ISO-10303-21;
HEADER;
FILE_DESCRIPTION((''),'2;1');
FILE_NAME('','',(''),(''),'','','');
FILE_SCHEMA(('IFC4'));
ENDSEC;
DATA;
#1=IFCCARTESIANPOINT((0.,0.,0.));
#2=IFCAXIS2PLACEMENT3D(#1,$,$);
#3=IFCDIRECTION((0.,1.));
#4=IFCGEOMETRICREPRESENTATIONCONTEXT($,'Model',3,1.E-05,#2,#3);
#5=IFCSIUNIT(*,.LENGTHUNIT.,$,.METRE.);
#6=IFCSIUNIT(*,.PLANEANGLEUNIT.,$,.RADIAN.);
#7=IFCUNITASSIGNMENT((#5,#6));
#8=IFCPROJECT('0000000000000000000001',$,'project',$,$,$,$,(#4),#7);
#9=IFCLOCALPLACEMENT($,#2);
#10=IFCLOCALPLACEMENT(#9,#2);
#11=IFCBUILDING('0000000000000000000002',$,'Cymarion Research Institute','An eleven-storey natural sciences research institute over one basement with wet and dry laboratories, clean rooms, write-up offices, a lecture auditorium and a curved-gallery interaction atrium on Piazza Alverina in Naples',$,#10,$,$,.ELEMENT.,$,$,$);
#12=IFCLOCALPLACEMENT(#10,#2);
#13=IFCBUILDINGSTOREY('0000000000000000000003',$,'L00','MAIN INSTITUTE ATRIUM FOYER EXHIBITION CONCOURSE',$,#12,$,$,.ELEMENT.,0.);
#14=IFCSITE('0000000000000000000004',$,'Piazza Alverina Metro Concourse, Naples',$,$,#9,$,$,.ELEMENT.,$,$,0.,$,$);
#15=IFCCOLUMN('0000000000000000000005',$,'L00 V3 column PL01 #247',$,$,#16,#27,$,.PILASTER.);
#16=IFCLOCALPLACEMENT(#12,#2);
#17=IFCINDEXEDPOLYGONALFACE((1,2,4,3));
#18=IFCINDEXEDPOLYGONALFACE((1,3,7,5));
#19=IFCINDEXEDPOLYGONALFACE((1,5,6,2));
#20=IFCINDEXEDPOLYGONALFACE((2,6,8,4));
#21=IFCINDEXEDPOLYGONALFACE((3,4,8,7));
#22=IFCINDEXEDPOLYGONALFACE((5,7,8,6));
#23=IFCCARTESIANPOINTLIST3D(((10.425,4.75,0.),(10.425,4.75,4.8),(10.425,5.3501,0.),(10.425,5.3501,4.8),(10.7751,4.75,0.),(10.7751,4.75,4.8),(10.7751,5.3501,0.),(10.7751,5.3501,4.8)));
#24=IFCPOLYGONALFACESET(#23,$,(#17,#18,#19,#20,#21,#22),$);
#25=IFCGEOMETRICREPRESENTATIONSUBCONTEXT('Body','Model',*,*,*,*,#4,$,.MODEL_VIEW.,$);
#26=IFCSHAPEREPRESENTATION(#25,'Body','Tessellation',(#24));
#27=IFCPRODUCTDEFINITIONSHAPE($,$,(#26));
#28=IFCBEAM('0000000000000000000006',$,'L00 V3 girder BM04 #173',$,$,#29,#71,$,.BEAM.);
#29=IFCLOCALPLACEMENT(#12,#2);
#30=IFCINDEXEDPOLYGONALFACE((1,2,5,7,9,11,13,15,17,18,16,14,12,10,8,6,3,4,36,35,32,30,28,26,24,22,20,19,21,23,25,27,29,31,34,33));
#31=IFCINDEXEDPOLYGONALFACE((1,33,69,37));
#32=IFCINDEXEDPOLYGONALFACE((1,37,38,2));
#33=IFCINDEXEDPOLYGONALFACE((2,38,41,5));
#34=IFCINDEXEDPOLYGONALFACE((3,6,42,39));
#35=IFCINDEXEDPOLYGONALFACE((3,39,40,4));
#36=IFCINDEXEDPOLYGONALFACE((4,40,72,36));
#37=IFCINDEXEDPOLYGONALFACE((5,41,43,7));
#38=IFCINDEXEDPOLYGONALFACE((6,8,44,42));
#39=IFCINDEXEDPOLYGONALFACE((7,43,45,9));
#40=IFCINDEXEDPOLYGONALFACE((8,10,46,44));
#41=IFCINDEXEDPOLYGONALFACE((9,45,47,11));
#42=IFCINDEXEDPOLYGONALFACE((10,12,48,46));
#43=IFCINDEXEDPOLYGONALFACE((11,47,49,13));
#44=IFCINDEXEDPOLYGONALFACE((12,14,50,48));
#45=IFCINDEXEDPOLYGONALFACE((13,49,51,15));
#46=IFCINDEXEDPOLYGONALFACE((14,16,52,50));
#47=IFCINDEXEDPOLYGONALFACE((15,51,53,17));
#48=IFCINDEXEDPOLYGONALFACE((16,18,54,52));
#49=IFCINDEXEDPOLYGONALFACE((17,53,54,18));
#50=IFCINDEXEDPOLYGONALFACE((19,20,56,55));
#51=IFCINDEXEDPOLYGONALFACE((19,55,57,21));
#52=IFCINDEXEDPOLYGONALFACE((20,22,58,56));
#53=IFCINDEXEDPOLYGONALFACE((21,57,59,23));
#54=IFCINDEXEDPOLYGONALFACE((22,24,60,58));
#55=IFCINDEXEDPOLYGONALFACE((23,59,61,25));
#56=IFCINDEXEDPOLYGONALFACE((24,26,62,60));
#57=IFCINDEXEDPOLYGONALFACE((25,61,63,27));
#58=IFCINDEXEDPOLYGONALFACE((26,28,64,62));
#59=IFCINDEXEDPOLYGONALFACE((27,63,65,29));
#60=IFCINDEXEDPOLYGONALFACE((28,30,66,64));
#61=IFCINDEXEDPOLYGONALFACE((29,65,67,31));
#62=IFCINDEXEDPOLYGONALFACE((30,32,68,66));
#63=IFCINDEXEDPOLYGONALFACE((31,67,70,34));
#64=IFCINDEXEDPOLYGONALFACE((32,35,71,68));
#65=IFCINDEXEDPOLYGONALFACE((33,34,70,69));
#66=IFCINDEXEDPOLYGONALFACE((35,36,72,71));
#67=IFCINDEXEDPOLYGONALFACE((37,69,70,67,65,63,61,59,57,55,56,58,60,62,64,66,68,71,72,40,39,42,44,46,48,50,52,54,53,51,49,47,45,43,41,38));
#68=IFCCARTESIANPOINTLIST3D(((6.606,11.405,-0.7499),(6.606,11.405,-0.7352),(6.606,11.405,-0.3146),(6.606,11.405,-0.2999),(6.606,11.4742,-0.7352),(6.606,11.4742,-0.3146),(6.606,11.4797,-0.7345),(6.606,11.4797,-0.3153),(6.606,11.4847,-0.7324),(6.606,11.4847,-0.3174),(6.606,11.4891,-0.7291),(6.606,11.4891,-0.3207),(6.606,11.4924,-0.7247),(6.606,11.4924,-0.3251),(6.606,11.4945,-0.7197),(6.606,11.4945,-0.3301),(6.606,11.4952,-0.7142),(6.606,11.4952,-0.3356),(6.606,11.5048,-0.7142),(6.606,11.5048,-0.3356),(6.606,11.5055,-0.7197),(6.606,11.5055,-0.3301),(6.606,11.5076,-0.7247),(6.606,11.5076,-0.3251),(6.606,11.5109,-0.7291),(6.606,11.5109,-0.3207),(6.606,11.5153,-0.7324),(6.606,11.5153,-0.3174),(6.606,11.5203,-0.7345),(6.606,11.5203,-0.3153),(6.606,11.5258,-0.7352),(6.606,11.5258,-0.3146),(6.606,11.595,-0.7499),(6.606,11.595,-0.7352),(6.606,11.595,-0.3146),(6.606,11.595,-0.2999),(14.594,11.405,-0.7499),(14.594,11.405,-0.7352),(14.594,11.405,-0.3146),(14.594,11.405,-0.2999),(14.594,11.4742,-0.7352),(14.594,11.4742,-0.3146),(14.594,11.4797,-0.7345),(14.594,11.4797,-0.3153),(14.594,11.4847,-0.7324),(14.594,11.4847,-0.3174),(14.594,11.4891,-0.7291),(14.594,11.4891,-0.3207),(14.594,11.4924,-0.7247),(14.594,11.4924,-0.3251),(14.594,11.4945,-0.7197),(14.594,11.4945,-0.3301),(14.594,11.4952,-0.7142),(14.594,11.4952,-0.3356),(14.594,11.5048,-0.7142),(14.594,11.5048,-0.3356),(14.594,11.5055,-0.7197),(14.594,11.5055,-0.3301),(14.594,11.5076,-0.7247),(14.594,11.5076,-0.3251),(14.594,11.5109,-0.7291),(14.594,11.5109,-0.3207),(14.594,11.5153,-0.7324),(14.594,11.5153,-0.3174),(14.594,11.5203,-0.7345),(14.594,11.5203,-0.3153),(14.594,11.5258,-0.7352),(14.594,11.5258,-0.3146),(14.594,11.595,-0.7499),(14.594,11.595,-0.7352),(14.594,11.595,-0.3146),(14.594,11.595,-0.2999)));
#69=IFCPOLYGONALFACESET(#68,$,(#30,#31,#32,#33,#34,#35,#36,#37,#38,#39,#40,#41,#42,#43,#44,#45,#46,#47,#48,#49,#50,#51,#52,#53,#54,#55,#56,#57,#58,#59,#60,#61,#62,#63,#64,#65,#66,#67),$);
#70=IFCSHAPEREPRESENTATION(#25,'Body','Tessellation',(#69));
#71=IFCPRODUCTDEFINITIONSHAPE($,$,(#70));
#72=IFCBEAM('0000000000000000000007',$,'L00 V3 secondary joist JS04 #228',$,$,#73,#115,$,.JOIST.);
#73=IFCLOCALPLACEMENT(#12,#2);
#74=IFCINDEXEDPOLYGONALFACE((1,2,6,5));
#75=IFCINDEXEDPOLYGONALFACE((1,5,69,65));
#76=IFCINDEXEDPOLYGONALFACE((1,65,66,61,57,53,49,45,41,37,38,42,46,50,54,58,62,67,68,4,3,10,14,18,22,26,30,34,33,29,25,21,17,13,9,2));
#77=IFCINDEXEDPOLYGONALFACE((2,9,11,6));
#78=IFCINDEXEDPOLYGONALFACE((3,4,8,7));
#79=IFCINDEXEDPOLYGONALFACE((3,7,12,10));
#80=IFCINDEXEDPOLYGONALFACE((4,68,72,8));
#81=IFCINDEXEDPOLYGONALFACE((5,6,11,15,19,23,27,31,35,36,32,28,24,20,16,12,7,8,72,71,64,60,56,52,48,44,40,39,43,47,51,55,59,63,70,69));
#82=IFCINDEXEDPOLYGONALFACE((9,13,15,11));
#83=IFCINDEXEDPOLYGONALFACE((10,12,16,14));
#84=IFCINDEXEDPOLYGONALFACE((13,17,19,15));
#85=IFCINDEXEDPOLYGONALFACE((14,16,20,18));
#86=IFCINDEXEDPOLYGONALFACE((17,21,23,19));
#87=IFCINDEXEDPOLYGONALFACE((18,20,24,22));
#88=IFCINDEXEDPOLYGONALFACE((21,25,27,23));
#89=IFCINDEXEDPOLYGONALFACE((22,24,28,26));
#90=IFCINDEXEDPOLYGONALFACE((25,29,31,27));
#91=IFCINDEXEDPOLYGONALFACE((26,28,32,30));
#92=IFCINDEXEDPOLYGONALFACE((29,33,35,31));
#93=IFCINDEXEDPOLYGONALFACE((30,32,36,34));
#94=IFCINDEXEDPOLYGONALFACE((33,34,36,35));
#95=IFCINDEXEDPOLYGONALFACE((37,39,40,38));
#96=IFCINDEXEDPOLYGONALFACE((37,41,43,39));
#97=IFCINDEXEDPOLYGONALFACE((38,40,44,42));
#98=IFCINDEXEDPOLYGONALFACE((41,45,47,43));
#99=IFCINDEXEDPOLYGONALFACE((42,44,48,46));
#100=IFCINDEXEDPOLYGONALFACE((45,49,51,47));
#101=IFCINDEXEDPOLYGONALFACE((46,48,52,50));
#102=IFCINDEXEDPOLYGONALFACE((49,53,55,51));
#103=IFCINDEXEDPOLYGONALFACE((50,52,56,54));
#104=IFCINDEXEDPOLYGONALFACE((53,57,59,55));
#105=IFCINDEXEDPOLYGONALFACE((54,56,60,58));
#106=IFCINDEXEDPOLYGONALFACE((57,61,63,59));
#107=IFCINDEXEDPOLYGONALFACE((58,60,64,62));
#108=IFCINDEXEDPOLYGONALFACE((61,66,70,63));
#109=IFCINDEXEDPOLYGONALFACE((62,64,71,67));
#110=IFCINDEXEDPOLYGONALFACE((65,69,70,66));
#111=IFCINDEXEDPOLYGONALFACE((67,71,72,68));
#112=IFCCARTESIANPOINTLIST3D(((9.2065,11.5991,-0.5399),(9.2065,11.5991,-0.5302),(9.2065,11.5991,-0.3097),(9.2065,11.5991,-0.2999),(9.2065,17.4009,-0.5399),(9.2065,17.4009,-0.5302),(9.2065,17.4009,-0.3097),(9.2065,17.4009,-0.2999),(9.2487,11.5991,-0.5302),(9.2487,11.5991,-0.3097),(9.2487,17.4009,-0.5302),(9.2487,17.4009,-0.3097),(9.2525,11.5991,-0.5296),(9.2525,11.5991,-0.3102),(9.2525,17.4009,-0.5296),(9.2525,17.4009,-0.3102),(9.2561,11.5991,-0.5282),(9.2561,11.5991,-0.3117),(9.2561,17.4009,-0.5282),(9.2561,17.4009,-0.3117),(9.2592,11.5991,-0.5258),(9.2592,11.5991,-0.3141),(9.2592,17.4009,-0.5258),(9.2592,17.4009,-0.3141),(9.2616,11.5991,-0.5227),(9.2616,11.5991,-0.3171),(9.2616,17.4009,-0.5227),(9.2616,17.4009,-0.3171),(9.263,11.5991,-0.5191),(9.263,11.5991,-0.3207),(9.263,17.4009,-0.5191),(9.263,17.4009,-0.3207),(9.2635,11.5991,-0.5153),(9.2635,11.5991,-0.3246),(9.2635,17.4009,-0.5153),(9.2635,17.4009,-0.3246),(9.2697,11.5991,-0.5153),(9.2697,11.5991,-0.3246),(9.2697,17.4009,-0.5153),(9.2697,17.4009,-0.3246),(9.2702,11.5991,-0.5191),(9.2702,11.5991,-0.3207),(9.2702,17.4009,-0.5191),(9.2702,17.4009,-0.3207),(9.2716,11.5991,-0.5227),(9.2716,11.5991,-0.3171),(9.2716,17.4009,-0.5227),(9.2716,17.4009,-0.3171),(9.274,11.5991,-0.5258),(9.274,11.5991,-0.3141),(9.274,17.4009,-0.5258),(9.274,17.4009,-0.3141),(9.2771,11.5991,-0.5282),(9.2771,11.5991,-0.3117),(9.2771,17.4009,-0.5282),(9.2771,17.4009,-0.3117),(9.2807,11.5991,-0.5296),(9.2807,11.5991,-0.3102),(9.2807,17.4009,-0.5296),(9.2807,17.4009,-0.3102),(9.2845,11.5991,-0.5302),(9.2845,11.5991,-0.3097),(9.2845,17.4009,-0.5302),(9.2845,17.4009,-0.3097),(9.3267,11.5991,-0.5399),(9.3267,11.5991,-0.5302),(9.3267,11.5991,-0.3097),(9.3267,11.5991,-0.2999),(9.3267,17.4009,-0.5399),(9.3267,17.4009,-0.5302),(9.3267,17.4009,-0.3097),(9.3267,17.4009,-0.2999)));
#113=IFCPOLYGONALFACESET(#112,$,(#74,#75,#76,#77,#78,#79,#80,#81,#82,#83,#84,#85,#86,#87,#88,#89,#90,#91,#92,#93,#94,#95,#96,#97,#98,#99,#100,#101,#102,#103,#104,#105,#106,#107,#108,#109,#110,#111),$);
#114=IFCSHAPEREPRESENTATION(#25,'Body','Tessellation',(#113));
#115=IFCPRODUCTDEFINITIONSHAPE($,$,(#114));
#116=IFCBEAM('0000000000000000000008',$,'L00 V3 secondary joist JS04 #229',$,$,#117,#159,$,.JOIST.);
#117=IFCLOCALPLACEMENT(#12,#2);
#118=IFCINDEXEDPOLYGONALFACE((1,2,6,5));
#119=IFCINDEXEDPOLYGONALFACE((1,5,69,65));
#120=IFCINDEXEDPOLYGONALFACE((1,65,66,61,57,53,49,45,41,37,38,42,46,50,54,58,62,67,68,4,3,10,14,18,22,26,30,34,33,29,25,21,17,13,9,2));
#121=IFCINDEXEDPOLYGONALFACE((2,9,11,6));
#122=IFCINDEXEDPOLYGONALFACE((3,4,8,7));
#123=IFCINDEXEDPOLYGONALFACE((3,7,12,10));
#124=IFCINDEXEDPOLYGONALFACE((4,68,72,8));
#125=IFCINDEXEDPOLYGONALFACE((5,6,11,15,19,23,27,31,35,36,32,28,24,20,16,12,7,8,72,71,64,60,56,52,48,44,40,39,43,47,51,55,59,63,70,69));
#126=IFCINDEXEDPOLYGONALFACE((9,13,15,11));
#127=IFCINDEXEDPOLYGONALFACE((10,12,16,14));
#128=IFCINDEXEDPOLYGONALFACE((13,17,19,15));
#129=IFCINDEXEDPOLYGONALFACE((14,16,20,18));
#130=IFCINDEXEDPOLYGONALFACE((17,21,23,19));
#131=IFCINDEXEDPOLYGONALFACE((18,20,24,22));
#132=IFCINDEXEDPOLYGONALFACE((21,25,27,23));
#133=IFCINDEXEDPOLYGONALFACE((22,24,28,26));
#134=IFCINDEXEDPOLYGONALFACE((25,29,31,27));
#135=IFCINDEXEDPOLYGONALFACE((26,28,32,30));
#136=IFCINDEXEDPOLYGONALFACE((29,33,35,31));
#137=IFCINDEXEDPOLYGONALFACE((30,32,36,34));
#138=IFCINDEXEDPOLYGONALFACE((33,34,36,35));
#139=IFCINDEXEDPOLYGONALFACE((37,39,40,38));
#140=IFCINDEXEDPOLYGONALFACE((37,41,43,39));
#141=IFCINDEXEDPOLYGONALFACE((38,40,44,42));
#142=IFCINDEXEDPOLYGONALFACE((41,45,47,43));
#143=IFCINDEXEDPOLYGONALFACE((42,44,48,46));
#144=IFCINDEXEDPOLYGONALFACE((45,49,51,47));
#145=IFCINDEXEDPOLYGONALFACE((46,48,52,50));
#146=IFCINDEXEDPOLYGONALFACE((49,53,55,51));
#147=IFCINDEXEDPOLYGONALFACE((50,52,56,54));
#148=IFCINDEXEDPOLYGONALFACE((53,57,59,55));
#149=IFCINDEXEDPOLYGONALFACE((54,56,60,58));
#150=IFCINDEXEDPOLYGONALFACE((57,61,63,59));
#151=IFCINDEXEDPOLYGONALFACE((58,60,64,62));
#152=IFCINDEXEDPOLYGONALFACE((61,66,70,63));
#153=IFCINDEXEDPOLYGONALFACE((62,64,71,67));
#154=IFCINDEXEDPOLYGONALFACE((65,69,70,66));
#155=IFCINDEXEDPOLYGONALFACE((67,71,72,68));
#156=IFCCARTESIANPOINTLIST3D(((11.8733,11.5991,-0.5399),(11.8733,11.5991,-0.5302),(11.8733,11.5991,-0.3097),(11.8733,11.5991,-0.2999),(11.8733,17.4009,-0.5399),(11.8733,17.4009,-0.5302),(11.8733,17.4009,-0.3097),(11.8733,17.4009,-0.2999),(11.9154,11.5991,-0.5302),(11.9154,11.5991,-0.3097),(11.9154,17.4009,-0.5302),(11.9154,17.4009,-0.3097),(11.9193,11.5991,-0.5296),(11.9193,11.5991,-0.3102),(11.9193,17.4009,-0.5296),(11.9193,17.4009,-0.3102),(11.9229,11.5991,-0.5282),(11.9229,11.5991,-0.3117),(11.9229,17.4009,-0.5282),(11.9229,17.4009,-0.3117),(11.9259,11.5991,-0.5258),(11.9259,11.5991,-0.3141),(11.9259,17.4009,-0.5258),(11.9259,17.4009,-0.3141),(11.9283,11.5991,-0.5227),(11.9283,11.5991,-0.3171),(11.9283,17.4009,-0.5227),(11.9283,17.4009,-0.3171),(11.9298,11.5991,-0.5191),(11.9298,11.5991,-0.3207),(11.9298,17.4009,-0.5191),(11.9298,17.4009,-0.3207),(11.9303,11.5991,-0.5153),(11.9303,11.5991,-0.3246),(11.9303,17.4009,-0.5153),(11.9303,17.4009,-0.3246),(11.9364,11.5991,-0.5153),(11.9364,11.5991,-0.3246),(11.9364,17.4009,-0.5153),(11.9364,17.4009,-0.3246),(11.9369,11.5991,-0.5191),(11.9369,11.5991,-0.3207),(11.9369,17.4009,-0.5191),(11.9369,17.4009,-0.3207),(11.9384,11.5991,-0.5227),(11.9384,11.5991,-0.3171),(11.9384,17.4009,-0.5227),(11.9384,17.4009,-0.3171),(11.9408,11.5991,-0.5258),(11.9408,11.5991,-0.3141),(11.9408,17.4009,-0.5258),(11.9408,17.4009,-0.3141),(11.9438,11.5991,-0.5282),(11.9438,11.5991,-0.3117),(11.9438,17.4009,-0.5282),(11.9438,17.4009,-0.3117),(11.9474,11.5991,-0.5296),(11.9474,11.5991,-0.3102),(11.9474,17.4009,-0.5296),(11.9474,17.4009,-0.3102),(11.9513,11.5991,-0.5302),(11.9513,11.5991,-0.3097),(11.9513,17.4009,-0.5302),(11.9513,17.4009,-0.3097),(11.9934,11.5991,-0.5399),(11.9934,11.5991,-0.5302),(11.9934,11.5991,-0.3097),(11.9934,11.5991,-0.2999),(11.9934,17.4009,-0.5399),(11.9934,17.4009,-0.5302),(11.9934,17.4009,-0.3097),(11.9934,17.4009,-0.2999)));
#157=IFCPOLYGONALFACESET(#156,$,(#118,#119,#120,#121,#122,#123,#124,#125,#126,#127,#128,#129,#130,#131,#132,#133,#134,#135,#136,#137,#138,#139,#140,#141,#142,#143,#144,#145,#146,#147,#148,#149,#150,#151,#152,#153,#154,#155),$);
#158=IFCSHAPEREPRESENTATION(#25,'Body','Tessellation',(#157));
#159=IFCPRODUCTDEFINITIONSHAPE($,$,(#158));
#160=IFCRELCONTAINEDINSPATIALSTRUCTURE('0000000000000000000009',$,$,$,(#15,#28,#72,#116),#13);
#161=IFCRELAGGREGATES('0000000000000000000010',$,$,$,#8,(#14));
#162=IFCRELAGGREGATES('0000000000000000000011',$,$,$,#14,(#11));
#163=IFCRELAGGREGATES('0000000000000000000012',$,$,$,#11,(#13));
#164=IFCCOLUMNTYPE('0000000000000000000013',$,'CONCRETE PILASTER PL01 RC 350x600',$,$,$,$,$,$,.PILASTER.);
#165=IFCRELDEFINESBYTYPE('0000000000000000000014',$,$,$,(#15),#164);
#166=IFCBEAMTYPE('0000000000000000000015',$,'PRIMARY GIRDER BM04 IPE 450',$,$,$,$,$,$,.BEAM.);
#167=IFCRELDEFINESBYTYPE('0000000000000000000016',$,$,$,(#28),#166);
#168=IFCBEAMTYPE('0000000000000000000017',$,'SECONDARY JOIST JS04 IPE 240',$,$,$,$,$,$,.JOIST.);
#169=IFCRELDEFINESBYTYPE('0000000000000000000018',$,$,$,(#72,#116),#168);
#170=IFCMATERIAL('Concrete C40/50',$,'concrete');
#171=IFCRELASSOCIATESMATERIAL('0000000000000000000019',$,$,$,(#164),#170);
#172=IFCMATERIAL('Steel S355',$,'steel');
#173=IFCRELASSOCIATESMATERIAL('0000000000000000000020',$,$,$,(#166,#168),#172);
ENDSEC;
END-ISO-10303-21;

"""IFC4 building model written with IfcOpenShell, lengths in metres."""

from ifc_helpers import new_model, si_unit, direction, frame, origin, origin_2d, place, context, subcontext, project, spatial, rectangle, i_section, extrude, material, material_profile, profile_set, type_object, element, save


model = new_model("IFC4")

# Units and contexts
model_context = context("Model", 3, precision=1e-05, world=origin(), true_north=direction((0.0, 1.0)))
body_context = subcontext(model_context, "Body", "Model", "MODEL_VIEW")
ifc_project = project(units=[si_unit("LENGTHUNIT", "METRE"), si_unit("PLANEANGLEUNIT", "RADIAN")], contexts=[model_context])

# Site, building, storey
site_placement = place(None, origin())
site = spatial("IfcSite", under=ifc_project, at=site_placement, Name="Piazza Alverina Metro Concourse, Naples", CompositionType="ELEMENT", RefElevation=0.0)
building_placement = place(site_placement, origin())
building = spatial("IfcBuilding", under=site, at=building_placement, Name="Cymarion Research Institute", Description="An eleven-storey natural sciences research institute over one basement with wet and dry laboratories, clean rooms, write-up offices, a lecture auditorium and a curved-gallery interaction atrium on Piazza Alverina in Naples", CompositionType="ELEMENT")
storey_placement = place(building_placement, origin())
storey = spatial("IfcBuildingStorey", under=building, at=storey_placement, Name="L00", Description="MAIN INSTITUTE ATRIUM FOYER EXHIBITION CONCOURSE", CompositionType="ELEMENT", Elevation=0.0)

# Column
ifc_material_1 = material(Name="Concrete C40/50", Category="concrete")
ifc_material_profile_1 = material_profile(ifc_material_1, rectangle(XDim=0.3501, YDim=0.6001, at=origin_2d()), Name="RC 350x600")
ifc_profile_set_1 = profile_set([ifc_material_profile_1], Name="Concrete C40/50")
column_type = type_object("IfcColumnType", Name="CONCRETE PILASTER PL01 RC 350x600", PredefinedType="PILASTER", material=ifc_profile_set_1)
column_placement = place(storey_placement, frame((10.6001, 5.05, 0.0), z_axis=(0.0, 0.0, 1.0), x_axis=(1.0, 0.0, 0.0)))
element("IfcColumn", 1, at=column_placement, inside=storey, type_object=column_type, Name="L00 V3 column PL01 #247", PredefinedType="PILASTER", context=body_context, shape_type="SweptSolid", body=[
    extrude(rectangle(XDim=0.3501, YDim=0.6001, at=origin_2d()), origin(), (0.0, 0.0, 1.0), 4.8),
])

# Beams
ifc_material_2 = material(Name="Steel S355", Category="steel")
ifc_material_profile_2 = material_profile(ifc_material_2, i_section(OverallWidth=0.1899, OverallDepth=0.45, WebThickness=0.0095, FlangeThickness=0.0146, FilletRadius=0.021, at=origin_2d()), Name="IPE 450")
ifc_profile_set_2 = profile_set([ifc_material_profile_2], Name="Steel S355")
beam_type_1 = type_object("IfcBeamType", Name="PRIMARY GIRDER BM04 IPE 450", PredefinedType="BEAM", material=ifc_profile_set_2)
beam_placement = place(storey_placement, frame((6.606, 11.5, -0.5249), z_axis=(1.0, 0.0, 0.0), x_axis=(0.0, 1.0, 0.0)))
element("IfcBeam", 2, at=beam_placement, inside=storey, type_object=beam_type_1, Name="L00 V3 girder BM04 #173", PredefinedType="BEAM", context=body_context, shape_type="SweptSolid", body=[
    extrude(i_section(OverallWidth=0.1899, OverallDepth=0.45, WebThickness=0.0095, FlangeThickness=0.0146, FilletRadius=0.021, at=origin_2d()), origin(), (0.0, 0.0, 1.0), 7.988),
])
ifc_material_profile_3 = material_profile(ifc_material_2, i_section(OverallWidth=0.1201, OverallDepth=0.24, WebThickness=0.0061, FlangeThickness=0.0098, FilletRadius=0.0149, at=origin_2d()), Name="IPE 240")
ifc_profile_set_3 = profile_set([ifc_material_profile_3], Name="Steel S355")
beam_type_2 = type_object("IfcBeamType", Name="SECONDARY JOIST JS04 IPE 240", PredefinedType="JOIST", material=ifc_profile_set_3)
for number, where, z_axis, x_axis, name in (
    (3, (9.2666, 11.5991, -0.4199), (0.0, 1.0, 0.0), (-1.0, 0.0, 0.0), "L00 V3 secondary joist JS04 #228"),
    (4, (11.9333, 11.5991, -0.4199), (0.0, 1.0, 0.0), (-1.0, 0.0, 0.0), "L00 V3 secondary joist JS04 #229"),
):
    element("IfcBeam", number, at=place(storey_placement, frame(where, z_axis=z_axis, x_axis=x_axis)), inside=storey, type_object=beam_type_2, Name=name, PredefinedType="JOIST", context=body_context, shape_type="SweptSolid", body=[
        extrude(i_section(OverallWidth=0.1201, OverallDepth=0.24, WebThickness=0.0061, FlangeThickness=0.0098, FilletRadius=0.0149, at=origin_2d()), origin(), (0.0, 0.0, 1.0), 5.8018),
    ])

save(model, "model.ifc")
